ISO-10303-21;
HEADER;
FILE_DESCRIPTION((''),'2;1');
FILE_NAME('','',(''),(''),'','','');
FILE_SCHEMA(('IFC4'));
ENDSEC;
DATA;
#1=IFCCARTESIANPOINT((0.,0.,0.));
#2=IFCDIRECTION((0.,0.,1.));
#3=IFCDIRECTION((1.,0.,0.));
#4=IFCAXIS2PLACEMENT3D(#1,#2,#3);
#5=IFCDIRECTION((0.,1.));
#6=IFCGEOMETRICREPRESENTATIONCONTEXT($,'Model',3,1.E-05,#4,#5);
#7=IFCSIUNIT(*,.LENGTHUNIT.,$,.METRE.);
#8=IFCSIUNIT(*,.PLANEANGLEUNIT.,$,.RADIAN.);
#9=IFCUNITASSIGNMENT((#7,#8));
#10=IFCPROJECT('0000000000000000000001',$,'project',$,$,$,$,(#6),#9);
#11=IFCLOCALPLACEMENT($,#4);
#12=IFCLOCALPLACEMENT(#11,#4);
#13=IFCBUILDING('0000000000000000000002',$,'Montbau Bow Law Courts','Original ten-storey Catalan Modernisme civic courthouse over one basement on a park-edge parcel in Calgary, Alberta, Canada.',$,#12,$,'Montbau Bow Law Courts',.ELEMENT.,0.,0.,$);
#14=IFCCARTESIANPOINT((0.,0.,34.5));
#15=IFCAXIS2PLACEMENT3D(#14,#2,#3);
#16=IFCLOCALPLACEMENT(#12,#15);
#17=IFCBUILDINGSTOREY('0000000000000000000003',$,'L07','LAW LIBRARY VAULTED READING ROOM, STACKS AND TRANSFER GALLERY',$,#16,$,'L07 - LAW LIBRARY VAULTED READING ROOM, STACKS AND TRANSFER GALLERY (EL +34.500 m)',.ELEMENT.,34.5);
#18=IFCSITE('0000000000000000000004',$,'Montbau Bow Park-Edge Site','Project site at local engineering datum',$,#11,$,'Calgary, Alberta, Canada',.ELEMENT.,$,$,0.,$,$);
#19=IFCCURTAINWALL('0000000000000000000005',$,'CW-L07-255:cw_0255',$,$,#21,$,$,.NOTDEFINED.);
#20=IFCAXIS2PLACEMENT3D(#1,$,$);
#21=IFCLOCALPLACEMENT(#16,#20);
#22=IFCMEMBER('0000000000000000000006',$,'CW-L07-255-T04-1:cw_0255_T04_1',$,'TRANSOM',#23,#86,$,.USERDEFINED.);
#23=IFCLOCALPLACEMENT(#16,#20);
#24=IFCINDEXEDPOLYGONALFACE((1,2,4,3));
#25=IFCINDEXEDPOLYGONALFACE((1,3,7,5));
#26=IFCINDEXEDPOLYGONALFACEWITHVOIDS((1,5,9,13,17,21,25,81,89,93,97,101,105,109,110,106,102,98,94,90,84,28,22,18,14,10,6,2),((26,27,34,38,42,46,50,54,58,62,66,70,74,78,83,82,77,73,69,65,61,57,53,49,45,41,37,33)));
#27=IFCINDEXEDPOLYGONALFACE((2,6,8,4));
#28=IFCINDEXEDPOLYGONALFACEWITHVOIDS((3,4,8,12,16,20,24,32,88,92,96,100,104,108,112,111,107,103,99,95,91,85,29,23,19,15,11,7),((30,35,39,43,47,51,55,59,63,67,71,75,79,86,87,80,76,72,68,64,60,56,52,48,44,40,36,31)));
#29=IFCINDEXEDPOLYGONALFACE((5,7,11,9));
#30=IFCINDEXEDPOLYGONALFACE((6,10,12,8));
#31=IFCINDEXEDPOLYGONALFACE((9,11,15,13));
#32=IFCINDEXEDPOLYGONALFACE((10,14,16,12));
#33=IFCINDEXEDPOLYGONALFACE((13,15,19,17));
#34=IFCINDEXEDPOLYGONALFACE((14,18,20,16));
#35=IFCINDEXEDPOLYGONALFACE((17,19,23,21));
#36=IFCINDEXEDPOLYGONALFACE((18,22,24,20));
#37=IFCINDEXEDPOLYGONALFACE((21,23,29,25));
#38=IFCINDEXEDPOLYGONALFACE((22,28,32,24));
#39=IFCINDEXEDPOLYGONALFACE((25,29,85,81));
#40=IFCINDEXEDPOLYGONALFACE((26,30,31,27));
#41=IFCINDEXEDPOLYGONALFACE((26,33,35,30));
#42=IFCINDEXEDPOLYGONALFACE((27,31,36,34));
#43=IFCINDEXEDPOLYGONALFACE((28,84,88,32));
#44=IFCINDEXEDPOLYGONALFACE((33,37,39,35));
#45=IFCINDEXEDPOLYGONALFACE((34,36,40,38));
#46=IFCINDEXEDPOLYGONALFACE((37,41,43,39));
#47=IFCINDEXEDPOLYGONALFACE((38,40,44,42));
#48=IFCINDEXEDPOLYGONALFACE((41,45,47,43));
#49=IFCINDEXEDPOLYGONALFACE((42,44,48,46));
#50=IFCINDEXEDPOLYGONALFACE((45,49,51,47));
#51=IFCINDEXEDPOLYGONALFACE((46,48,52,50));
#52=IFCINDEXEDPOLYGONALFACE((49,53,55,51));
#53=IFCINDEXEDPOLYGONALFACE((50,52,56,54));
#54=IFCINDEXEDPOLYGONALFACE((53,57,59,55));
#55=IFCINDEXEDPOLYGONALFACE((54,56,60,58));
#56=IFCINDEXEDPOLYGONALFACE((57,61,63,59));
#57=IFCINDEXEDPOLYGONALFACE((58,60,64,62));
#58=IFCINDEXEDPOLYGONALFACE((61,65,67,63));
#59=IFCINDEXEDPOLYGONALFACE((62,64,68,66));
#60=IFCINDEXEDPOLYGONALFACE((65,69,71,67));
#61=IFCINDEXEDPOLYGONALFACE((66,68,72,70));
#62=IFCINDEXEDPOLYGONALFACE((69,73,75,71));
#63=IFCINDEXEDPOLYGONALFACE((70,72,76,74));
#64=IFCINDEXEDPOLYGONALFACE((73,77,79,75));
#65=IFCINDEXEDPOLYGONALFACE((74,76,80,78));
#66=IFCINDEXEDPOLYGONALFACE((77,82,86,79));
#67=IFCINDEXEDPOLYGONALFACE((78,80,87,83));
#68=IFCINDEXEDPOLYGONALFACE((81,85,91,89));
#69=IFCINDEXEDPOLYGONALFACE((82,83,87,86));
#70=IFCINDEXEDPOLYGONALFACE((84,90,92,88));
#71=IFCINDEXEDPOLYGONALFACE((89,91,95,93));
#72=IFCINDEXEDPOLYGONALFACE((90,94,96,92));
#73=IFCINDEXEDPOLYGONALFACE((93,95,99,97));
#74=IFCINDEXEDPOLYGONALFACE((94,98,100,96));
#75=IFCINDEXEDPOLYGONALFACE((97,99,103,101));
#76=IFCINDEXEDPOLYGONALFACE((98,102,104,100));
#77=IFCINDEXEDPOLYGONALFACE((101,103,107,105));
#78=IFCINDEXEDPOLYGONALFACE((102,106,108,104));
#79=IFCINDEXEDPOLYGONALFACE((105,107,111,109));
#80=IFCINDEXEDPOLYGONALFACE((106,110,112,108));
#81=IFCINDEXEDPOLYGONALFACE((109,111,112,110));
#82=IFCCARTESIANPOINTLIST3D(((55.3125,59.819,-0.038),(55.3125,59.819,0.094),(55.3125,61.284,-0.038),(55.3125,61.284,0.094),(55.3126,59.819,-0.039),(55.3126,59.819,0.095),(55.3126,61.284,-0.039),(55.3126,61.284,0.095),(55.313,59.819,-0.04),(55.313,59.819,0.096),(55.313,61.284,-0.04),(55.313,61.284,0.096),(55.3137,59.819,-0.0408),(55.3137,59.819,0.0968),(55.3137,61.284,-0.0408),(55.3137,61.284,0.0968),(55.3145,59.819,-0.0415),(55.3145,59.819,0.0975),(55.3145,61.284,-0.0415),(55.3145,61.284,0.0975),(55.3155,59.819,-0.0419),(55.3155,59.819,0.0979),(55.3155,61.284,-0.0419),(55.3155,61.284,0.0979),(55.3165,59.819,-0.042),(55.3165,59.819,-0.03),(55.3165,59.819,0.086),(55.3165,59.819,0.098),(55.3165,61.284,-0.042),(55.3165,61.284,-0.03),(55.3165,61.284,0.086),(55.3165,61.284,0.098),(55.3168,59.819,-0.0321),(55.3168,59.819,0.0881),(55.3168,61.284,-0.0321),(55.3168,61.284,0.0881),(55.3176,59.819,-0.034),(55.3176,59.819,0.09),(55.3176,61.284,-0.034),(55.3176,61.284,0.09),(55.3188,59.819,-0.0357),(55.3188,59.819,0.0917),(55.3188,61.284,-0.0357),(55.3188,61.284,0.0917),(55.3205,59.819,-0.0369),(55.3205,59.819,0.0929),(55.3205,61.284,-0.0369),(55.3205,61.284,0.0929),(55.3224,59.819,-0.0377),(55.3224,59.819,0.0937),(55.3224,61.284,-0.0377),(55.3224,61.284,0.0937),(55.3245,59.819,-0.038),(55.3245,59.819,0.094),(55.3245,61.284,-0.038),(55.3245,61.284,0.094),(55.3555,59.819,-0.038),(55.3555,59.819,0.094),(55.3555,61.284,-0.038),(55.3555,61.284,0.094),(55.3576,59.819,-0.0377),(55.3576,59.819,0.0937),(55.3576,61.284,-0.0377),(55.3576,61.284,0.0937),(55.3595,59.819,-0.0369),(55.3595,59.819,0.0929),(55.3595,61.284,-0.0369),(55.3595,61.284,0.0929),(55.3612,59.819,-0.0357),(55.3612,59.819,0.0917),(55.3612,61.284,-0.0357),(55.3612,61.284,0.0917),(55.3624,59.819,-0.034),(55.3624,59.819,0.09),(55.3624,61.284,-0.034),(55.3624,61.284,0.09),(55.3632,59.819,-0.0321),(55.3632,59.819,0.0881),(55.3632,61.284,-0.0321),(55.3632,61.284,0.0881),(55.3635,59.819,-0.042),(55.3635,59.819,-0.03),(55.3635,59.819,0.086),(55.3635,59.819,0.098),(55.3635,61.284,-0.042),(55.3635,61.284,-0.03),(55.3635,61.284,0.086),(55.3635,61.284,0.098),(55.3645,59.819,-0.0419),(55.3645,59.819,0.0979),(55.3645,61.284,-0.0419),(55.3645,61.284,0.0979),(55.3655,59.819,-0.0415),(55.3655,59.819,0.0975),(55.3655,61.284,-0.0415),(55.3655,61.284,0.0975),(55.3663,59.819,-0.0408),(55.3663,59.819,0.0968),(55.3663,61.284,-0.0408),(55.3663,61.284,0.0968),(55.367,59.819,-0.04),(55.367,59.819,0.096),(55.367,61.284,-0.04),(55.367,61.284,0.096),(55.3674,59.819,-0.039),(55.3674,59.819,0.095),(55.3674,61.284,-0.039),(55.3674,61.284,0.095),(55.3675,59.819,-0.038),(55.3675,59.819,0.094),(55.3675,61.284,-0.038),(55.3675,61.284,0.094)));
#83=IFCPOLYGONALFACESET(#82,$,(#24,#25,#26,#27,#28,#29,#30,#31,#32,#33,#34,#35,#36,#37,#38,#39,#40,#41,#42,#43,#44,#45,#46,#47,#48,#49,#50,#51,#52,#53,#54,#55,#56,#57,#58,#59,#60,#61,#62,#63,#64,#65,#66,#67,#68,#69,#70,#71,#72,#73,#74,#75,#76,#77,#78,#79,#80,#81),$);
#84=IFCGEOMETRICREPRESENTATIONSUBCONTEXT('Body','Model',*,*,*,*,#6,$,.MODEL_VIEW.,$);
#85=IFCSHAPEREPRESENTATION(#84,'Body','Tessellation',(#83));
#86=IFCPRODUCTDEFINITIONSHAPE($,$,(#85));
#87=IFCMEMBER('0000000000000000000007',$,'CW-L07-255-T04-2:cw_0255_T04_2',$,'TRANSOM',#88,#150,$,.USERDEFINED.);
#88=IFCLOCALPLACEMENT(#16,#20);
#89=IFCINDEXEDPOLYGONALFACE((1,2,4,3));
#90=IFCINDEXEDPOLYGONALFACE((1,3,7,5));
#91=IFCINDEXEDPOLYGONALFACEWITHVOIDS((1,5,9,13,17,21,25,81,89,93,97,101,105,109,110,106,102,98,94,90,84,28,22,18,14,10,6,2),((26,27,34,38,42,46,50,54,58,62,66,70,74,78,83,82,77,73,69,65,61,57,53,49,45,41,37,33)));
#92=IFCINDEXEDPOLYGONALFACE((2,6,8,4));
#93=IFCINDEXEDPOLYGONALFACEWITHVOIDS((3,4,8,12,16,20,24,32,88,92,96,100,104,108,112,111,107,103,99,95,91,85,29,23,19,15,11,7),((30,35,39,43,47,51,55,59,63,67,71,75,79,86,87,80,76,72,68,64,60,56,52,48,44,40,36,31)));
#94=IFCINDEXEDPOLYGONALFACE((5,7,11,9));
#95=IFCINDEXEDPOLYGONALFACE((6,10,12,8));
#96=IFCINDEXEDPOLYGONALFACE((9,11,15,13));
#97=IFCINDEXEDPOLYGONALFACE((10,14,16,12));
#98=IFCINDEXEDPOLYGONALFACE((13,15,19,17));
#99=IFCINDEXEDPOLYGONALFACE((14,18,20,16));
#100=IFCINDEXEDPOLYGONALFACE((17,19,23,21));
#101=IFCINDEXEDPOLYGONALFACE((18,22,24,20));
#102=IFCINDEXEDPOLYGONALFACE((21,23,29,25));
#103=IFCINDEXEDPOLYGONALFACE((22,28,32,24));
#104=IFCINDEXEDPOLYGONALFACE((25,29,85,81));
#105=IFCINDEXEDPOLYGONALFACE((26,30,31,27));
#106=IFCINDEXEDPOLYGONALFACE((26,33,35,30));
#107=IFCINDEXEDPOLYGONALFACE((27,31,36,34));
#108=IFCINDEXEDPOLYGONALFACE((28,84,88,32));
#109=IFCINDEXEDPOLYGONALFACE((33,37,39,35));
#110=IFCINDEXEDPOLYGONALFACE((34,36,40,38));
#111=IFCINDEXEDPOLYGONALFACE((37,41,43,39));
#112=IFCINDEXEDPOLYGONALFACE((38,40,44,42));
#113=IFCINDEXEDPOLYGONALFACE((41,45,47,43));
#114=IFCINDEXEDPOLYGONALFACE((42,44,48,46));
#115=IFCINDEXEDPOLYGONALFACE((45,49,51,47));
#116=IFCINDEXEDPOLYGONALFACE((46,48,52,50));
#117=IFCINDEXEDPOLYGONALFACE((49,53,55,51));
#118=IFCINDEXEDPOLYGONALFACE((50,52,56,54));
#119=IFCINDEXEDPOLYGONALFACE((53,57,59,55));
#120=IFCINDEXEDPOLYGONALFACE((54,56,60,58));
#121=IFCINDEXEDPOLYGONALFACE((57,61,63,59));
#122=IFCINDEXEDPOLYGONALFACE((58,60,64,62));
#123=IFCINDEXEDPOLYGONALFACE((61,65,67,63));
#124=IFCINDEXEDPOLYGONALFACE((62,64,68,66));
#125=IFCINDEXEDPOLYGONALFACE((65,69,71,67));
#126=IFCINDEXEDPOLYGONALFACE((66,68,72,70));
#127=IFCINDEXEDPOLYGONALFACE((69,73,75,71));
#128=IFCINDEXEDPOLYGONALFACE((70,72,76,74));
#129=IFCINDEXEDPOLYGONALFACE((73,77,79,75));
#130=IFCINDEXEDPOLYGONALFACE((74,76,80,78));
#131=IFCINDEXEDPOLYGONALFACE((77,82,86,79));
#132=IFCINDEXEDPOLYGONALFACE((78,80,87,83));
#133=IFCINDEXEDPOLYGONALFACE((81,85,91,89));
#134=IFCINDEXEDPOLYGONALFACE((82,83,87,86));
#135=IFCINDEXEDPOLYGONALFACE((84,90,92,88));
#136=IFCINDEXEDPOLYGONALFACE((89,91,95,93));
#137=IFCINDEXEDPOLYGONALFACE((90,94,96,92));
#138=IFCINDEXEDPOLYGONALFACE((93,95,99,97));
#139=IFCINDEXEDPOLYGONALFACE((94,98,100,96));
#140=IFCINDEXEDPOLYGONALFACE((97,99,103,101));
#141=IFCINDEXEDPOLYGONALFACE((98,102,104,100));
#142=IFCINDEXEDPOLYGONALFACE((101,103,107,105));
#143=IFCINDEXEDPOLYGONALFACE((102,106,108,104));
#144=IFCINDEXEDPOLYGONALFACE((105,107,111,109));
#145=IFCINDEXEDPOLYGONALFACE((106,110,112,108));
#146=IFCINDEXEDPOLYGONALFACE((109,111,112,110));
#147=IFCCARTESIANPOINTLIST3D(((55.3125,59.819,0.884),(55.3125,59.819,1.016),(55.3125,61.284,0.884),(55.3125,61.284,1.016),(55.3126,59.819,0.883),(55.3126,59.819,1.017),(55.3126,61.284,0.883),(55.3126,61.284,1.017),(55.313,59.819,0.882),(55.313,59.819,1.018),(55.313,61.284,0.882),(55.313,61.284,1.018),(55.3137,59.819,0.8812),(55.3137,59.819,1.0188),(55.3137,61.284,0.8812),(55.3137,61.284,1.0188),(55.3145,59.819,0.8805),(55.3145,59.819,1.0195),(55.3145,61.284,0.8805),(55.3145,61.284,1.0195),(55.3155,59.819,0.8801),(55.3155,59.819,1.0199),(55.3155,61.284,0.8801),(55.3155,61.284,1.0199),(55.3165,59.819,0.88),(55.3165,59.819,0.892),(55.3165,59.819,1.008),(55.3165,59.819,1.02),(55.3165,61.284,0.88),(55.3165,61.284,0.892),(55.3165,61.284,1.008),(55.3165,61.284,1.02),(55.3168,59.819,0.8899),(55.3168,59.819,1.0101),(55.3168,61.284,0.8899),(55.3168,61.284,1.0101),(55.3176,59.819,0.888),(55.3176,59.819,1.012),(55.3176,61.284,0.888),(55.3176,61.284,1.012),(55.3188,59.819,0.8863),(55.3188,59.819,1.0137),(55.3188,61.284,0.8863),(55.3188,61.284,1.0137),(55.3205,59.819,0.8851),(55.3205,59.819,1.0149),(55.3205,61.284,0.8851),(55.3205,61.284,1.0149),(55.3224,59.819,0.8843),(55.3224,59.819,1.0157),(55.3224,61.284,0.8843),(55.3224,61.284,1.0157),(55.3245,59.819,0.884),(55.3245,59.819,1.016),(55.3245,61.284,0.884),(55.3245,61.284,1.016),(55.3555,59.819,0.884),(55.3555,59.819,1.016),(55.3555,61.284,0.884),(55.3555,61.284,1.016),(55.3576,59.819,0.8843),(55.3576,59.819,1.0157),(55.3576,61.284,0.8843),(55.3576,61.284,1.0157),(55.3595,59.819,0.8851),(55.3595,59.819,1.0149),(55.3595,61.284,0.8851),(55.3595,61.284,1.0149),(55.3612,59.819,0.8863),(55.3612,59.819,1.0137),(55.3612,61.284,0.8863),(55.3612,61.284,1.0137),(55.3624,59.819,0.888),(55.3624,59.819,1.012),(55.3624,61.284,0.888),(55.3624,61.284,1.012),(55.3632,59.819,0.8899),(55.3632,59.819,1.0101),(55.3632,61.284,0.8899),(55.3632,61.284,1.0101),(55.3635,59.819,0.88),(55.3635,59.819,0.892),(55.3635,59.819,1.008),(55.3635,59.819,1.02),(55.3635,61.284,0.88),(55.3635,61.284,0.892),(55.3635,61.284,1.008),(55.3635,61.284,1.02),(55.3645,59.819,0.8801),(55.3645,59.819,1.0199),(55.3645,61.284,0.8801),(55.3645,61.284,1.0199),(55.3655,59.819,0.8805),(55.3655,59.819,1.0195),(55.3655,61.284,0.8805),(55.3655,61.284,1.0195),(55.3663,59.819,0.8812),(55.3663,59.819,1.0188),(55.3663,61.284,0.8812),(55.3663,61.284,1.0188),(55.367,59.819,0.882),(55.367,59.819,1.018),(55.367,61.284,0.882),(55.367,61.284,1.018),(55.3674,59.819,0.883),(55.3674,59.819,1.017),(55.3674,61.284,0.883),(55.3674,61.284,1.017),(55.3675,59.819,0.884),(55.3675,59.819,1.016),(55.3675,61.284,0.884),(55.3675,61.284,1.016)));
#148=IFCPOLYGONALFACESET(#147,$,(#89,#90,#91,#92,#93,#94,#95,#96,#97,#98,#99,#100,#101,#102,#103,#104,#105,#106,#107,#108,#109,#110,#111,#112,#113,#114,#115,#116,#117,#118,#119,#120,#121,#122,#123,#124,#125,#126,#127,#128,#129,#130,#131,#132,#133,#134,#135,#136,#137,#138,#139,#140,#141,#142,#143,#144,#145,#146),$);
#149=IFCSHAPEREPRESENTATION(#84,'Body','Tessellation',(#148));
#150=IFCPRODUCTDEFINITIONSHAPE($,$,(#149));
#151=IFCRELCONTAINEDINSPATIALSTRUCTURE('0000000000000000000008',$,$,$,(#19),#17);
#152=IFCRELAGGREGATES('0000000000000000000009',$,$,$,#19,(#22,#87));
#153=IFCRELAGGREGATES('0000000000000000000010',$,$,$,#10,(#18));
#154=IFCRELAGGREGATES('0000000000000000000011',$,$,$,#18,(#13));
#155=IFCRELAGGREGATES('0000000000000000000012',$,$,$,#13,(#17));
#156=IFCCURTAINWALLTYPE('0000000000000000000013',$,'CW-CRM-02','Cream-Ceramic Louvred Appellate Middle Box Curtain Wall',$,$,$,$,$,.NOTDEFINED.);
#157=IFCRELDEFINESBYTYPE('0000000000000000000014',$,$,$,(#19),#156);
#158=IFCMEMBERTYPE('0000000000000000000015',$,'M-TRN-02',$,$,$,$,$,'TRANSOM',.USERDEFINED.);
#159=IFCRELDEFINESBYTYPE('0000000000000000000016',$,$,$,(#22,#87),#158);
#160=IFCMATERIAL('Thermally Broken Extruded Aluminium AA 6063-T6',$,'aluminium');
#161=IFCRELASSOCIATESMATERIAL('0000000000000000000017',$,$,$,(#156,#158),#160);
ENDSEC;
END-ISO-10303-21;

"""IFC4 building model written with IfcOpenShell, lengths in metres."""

from ifc_helpers import new_model, si_unit, direction, frame, origin_with_axes, origin_2d_with_axis, place, context, subcontext, project, spatial, hollow_rectangle, extrude, material, material_profile, profile_set, type_object, element, aggregate, save


model = new_model("IFC4")

# Units and contexts
model_context = context("Model", 3, precision=1e-05, world=origin_with_axes(), true_north=direction((0.0, 1.0)))
body_context = subcontext(model_context, "Body", "Model", "MODEL_VIEW")
ifc_project = project(units=[si_unit("LENGTHUNIT", "METRE"), si_unit("PLANEANGLEUNIT", "RADIAN")], contexts=[model_context])

# Site, building, storey
site_placement = place(None, origin_with_axes())
site = spatial("IfcSite", under=ifc_project, at=site_placement, Name="Montbau Bow Park-Edge Site", Description="Project site at local engineering datum", LongName="Calgary, Alberta, Canada", CompositionType="ELEMENT", RefElevation=0.0)
building_placement = place(site_placement, origin_with_axes())
building = spatial("IfcBuilding", under=site, at=building_placement, Name="Montbau Bow Law Courts", Description="Original ten-storey Catalan Modernisme civic courthouse over one basement on a park-edge parcel in Calgary, Alberta, Canada.", LongName="Montbau Bow Law Courts", CompositionType="ELEMENT", ElevationOfRefHeight=0.0, ElevationOfTerrain=0.0)
storey_placement = place(building_placement, frame((0.0, 0.0, 34.5), z_axis=(0.0, 0.0, 1.0), x_axis=(1.0, 0.0, 0.0)))
storey = spatial("IfcBuildingStorey", under=building, at=storey_placement, Name="L07", Description="LAW LIBRARY VAULTED READING ROOM, STACKS AND TRANSFER GALLERY", LongName="L07 - LAW LIBRARY VAULTED READING ROOM, STACKS AND TRANSFER GALLERY (EL +34.500 m)", CompositionType="ELEMENT", Elevation=34.5)

# Curtain wall
ifc_material_1 = material(Name="Thermally Broken Extruded Aluminium AA 6063-T6", Category="aluminium")
curtain_wall_type = type_object("IfcCurtainWallType", Name="CW-CRM-02", Description="Cream-Ceramic Louvred Appellate Middle Box Curtain Wall", PredefinedType="NOTDEFINED", material=ifc_material_1)
curtain_wall_1_placement = place(None, frame((55.34, 55.04, 34.5), z_axis=(0.0, 0.0, 1.0), x_axis=(1.0, 0.0, 0.0)))
curtain_wall_1 = element("IfcCurtainWall", 1, at=curtain_wall_1_placement, inside=storey, type_object=curtain_wall_type, Name="CW-L07-255:cw_0255", PredefinedType="NOTDEFINED")
ifc_material_profile_1 = material_profile(ifc_material_1, hollow_rectangle(XDim=0.055, YDim=0.14, WallThickness=0.004, InnerFilletRadius=0.008, OuterFilletRadius=0.004, at=origin_2d_with_axis()), Name="CWT-140X55", Category="Main", Priority=0)
ifc_profile_set_1 = profile_set([ifc_material_profile_1], Name="Thermally Broken Extruded Aluminium AA 6063-T6")
member_type_1 = type_object("IfcMemberType", Name="M-TRN-02", ElementType="TRANSOM", PredefinedType="USERDEFINED", material=ifc_profile_set_1)

# Members
member_1_placement = place(None, frame((55.34, 59.819, 34.528), z_axis=(0.0, 1.0, 0.0), x_axis=(-1.0, 0.0, 0.0)))
member_1 = element("IfcMember", 2, at=member_1_placement, type_object=member_type_1, Name="CW-L07-255-T04-1:cw_0255_T04_1", ObjectType="TRANSOM", PredefinedType="USERDEFINED", context=body_context, shape_type="SweptSolid", body=[
    extrude(hollow_rectangle(XDim=0.055, YDim=0.14, WallThickness=0.004, InnerFilletRadius=0.008, OuterFilletRadius=0.004, at=origin_2d_with_axis()), origin_with_axes(), (0.0, 0.0, 1.0), 1.465),
])
member_2_placement = place(None, frame((55.34, 59.819, 35.45), z_axis=(0.0, 1.0, 0.0), x_axis=(-1.0, 0.0, 0.0)))
member_2 = element("IfcMember", 3, at=member_2_placement, type_object=member_type_1, Name="CW-L07-255-T04-2:cw_0255_T04_2", ObjectType="TRANSOM", PredefinedType="USERDEFINED", context=body_context, shape_type="SweptSolid", body=[
    extrude(hollow_rectangle(XDim=0.055, YDim=0.14, WallThickness=0.004, InnerFilletRadius=0.008, OuterFilletRadius=0.004, at=origin_2d_with_axis()), origin_with_axes(), (0.0, 0.0, 1.0), 1.465),
])

aggregate(curtain_wall_1, [member_1, member_2])

save(model, "model.ifc")
